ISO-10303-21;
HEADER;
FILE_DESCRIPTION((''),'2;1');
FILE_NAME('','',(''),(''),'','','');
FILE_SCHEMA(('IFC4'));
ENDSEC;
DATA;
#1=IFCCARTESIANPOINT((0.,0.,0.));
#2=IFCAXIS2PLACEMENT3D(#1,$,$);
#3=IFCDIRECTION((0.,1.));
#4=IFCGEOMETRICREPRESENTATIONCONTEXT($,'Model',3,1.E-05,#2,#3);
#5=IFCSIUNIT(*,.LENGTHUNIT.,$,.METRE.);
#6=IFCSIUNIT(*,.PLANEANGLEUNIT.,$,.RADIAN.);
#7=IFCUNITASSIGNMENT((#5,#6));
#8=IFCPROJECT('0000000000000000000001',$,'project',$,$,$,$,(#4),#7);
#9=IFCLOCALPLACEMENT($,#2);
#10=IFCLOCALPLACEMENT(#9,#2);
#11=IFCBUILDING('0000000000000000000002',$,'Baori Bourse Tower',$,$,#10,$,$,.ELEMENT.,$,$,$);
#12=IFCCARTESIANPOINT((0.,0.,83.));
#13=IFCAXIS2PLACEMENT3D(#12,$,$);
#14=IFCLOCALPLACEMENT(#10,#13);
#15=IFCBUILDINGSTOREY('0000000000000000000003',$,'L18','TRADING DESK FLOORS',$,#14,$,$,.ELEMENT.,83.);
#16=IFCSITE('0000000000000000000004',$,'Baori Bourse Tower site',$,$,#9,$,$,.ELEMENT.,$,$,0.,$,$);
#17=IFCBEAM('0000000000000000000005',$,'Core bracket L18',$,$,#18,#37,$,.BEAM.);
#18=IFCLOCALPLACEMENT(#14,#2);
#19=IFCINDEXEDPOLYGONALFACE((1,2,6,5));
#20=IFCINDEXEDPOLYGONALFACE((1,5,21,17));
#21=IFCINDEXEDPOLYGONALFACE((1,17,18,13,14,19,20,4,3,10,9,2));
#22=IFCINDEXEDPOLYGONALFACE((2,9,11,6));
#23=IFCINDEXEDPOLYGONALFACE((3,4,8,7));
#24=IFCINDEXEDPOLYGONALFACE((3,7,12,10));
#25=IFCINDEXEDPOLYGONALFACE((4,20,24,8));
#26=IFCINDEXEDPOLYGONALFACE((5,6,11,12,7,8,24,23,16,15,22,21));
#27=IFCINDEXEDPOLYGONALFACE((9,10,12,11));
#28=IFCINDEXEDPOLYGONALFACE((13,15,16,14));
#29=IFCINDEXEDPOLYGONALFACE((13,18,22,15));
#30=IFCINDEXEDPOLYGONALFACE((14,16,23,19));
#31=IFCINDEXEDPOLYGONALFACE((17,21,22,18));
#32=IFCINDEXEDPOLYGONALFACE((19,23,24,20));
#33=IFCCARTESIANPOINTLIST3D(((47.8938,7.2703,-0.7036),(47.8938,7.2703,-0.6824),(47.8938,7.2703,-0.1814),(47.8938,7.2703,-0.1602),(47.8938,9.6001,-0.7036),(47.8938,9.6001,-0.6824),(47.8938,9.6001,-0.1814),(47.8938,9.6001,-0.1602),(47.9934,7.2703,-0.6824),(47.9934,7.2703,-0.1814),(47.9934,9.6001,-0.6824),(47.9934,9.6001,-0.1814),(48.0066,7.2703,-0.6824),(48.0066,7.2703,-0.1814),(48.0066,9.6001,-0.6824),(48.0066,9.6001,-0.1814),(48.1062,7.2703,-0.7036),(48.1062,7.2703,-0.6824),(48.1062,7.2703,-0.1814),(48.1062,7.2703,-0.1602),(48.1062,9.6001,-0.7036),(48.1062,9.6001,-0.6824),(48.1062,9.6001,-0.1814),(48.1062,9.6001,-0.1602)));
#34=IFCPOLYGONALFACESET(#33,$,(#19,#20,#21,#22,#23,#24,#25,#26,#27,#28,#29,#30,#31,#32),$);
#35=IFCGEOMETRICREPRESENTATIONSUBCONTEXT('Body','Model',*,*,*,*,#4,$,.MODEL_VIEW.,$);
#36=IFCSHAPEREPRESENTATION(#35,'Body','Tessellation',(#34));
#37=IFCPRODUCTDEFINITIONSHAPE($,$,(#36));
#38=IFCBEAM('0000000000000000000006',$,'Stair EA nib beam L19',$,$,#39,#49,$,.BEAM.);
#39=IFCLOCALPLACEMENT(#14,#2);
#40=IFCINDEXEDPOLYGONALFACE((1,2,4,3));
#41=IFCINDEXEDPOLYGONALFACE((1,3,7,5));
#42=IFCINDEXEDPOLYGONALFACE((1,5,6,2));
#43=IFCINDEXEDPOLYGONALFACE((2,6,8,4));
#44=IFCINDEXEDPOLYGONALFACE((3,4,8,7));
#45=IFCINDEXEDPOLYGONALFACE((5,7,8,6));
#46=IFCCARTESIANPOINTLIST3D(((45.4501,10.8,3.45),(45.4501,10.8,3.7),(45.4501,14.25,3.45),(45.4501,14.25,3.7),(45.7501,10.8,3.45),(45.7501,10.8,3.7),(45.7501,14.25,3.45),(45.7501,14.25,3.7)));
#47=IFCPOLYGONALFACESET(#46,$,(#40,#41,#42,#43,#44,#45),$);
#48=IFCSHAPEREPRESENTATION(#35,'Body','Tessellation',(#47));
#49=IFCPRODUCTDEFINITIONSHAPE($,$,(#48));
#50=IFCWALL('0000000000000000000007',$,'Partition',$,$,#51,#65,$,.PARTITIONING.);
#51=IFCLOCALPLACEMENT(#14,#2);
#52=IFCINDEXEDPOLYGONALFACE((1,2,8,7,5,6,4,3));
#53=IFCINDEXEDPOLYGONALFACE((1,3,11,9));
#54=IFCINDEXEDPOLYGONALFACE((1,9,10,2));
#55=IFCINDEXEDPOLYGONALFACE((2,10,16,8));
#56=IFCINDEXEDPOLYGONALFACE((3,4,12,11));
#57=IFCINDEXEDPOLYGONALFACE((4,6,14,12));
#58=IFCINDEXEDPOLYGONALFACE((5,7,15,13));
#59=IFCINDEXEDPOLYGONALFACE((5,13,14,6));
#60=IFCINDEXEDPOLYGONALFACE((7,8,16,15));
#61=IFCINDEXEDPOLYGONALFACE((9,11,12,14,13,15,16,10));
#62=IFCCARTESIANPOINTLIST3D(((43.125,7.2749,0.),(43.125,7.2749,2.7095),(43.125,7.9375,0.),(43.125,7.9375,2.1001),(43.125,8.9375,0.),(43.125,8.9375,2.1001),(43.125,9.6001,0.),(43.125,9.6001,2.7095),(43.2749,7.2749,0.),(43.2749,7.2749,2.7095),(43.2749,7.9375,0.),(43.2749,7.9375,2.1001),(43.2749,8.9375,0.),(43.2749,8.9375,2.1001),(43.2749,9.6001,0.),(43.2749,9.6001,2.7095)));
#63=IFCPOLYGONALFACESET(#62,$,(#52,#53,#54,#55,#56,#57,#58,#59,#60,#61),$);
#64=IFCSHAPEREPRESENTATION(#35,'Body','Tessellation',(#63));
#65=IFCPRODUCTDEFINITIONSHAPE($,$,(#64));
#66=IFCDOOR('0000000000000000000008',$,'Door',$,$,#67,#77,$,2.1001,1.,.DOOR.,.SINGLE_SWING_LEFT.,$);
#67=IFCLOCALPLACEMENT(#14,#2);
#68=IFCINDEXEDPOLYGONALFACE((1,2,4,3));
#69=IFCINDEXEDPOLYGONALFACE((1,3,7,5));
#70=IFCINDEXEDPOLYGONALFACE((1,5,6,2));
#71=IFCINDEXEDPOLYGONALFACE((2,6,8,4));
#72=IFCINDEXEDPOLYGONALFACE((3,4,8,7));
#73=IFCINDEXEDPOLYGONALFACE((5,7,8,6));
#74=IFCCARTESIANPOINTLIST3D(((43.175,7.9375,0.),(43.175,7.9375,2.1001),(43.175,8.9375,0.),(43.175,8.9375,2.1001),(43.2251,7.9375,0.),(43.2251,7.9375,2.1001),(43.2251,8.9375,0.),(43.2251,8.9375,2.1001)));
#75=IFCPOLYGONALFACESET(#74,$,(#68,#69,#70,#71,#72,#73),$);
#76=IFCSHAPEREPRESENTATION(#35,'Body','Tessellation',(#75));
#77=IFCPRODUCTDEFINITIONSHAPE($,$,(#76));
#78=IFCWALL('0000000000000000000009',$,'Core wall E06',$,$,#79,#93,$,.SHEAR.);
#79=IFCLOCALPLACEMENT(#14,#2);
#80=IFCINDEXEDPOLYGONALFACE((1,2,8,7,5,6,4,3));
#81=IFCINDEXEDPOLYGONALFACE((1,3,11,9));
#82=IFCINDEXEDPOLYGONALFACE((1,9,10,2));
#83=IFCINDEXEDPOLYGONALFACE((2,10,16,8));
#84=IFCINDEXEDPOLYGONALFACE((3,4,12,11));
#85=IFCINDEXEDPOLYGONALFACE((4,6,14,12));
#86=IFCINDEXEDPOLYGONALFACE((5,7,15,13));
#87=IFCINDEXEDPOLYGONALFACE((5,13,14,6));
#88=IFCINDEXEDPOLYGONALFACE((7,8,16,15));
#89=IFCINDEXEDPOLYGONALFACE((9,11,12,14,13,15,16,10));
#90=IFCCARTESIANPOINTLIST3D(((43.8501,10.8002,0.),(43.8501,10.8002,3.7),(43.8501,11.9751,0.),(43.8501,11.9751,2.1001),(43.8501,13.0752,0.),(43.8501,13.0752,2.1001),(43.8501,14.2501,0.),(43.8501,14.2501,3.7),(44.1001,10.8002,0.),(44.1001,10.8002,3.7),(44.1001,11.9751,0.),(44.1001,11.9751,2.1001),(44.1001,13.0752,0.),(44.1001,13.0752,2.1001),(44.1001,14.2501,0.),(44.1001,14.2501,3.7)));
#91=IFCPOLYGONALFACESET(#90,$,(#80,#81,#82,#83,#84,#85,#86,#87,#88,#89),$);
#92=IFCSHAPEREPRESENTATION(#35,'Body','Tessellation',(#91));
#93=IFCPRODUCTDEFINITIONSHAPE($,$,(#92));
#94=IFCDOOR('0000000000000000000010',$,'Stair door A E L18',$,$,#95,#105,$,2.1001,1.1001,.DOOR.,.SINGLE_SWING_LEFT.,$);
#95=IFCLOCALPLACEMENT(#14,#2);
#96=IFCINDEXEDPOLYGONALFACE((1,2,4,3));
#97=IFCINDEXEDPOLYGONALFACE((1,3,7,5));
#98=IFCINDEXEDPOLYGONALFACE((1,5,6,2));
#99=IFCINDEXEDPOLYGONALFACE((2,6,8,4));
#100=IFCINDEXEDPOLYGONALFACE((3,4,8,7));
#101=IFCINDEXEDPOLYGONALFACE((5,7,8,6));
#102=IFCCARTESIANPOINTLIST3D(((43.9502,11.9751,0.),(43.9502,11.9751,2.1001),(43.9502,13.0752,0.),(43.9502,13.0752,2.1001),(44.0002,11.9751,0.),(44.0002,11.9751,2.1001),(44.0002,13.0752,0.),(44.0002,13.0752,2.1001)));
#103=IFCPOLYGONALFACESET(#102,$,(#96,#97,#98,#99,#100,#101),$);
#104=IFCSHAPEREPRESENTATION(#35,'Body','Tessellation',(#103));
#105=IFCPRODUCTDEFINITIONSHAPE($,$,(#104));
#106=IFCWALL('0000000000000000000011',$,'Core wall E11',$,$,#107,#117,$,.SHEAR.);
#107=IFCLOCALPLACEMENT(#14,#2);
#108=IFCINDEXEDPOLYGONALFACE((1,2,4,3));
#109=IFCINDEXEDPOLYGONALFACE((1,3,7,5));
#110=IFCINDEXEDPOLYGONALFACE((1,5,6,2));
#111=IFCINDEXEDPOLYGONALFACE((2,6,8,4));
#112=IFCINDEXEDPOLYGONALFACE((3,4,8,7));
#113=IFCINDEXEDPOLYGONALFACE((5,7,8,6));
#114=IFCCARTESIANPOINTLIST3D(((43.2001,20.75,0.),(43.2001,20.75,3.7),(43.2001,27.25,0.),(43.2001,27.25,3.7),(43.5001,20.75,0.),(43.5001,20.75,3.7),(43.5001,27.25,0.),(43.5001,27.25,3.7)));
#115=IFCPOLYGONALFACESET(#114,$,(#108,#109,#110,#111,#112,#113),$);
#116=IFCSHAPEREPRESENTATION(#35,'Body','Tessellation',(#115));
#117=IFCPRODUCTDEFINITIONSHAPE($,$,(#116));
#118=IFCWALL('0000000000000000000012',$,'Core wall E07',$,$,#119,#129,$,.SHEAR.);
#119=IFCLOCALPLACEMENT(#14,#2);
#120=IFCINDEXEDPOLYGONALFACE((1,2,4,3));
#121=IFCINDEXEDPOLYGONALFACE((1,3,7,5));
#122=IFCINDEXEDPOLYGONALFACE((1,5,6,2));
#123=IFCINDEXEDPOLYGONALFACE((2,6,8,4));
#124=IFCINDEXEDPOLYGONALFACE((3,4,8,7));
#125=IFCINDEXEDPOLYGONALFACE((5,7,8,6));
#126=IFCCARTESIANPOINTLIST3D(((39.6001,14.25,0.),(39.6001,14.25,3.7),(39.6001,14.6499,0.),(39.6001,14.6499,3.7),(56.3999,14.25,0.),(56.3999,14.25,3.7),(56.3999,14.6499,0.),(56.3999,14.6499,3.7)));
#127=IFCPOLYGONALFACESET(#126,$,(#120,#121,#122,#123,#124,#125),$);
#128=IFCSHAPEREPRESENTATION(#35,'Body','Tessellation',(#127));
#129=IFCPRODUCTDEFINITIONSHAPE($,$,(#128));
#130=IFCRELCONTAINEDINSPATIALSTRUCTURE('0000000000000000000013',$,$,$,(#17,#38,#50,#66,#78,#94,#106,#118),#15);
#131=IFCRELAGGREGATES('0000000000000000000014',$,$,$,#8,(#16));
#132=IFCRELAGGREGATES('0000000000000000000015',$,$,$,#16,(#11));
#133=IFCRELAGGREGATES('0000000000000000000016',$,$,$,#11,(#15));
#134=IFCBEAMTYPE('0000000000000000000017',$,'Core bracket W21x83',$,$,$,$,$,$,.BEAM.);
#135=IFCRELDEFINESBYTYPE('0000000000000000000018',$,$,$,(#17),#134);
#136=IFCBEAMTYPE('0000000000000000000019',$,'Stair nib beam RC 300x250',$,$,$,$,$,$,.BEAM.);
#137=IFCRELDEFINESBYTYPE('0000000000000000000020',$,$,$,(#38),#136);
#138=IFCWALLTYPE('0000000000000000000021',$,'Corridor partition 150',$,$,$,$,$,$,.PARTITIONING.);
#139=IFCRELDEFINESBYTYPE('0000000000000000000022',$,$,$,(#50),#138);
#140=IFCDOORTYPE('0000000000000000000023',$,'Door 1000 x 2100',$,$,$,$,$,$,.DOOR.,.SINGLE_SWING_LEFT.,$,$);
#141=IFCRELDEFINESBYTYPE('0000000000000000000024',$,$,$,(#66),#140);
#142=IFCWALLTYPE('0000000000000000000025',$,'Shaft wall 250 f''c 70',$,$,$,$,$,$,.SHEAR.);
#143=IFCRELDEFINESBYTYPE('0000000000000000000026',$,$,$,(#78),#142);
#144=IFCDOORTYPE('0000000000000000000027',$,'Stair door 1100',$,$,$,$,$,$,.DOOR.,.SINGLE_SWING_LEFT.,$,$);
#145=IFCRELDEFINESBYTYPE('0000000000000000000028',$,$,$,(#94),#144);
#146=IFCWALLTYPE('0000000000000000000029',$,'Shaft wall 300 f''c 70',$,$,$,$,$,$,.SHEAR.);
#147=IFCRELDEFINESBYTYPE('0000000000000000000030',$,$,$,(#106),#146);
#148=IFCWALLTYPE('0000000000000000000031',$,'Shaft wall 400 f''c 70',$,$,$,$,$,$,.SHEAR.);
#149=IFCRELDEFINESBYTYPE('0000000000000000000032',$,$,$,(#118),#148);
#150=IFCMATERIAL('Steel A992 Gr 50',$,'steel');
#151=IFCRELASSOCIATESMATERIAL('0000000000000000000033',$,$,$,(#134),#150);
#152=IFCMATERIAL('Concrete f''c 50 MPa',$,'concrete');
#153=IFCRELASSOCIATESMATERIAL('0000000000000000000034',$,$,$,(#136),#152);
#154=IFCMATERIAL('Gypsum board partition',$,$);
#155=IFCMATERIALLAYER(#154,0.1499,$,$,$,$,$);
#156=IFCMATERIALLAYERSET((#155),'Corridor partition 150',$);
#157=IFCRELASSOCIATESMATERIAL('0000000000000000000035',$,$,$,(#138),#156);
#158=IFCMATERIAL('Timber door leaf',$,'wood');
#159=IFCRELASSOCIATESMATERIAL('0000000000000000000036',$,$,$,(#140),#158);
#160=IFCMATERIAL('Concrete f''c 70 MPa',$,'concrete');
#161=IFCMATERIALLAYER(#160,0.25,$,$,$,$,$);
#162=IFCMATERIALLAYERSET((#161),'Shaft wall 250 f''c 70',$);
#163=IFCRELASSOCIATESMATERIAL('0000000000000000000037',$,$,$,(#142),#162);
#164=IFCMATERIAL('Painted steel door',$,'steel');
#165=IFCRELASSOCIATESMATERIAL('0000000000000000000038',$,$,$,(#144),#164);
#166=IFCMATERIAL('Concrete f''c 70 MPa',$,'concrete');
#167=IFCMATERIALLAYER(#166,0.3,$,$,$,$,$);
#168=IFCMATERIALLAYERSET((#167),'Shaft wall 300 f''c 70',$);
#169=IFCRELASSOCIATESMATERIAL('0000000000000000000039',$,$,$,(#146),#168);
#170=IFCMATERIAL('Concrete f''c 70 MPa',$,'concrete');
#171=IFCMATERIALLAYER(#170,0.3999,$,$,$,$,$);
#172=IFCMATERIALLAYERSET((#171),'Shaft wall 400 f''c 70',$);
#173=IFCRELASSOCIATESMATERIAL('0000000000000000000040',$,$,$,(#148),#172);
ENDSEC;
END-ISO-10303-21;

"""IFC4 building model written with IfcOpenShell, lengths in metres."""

from ifc_helpers import new_model, si_unit, direction, frame, frame_2d, origin, origin_2d, place, context, subcontext, project, spatial, rectangle, i_section, extrude, material, layer, layer_set, material_profile, profile_set, type_object, element, fill, save


model = new_model("IFC4")

# Units and contexts
model_context = context("Model", 3, precision=1e-05, world=origin(), true_north=direction((0.0, 1.0)))
body_context = subcontext(model_context, "Body", "Model", "MODEL_VIEW")
ifc_project = project(units=[si_unit("LENGTHUNIT", "METRE"), si_unit("PLANEANGLEUNIT", "RADIAN")], contexts=[model_context])

# Site, building, storey
site_placement = place(None, origin())
site = spatial("IfcSite", under=ifc_project, at=site_placement, Name="Baori Bourse Tower site", CompositionType="ELEMENT", RefElevation=0.0)
building_placement = place(site_placement, origin())
building = spatial("IfcBuilding", under=site, at=building_placement, Name="Baori Bourse Tower", CompositionType="ELEMENT")
storey_placement = place(building_placement, frame((0.0, 0.0, 83.0)))
storey = spatial("IfcBuildingStorey", under=building, at=storey_placement, Name="L18", Description="TRADING DESK FLOORS", CompositionType="ELEMENT", Elevation=83.0)

# Beams
ifc_material_1 = material(Name="Steel A992 Gr 50", Category="steel")
ifc_material_profile_1 = material_profile(ifc_material_1, i_section(OverallWidth=0.2124, OverallDepth=0.5435, WebThickness=0.0132, FlangeThickness=0.0212, at=origin_2d()), Name="W21x83")
ifc_profile_set_1 = profile_set([ifc_material_profile_1], Name="Steel A992 Gr 50")
beam_type_1 = type_object("IfcBeamType", Name="Core bracket W21x83", PredefinedType="BEAM", material=ifc_profile_set_1)
beam_1_placement = place(storey_placement, frame((48.0, 7.2703, -0.4319), z_axis=(0.0, 1.0, 0.0), x_axis=(-1.0, 0.0, 0.0)))
element("IfcBeam", 1, at=beam_1_placement, inside=storey, type_object=beam_type_1, Name="Core bracket L18", PredefinedType="BEAM", context=body_context, shape_type="SweptSolid", body=[
    extrude(i_section(OverallWidth=0.2124, OverallDepth=0.5435, WebThickness=0.0132, FlangeThickness=0.0212, at=origin_2d()), origin(), (0.0, 0.0, 1.0), 2.3298),
])
ifc_material_2 = material(Name="Concrete f'c 50 MPa", Category="concrete")
ifc_material_profile_2 = material_profile(ifc_material_2, rectangle(XDim=0.3, YDim=0.25, at=origin_2d()), Name="RC 300x250")
ifc_profile_set_2 = profile_set([ifc_material_profile_2], Name="Concrete f'c 50 MPa")
beam_type_2 = type_object("IfcBeamType", Name="Stair nib beam RC 300x250", PredefinedType="BEAM", material=ifc_profile_set_2)
beam_2_placement = place(storey_placement, frame((45.6001, 10.8, 3.575), z_axis=(0.0, 1.0, 0.0), x_axis=(-1.0, 0.0, 0.0)))
element("IfcBeam", 2, at=beam_2_placement, inside=storey, type_object=beam_type_2, Name="Stair EA nib beam L19", PredefinedType="BEAM", context=body_context, shape_type="SweptSolid", body=[
    extrude(rectangle(XDim=0.3, YDim=0.25, at=origin_2d()), origin(), (0.0, 0.0, 1.0), 3.45),
])

# Walls, openings, doors
ifc_material_3 = material(Name="Gypsum board partition")
ifc_layer_1 = layer(ifc_material_3, 0.1499)
ifc_layer_set_1 = layer_set([ifc_layer_1], Name="Corridor partition 150")
wall_type_1 = type_object("IfcWallType", Name="Corridor partition 150", PredefinedType="PARTITIONING", material=ifc_layer_set_1)
wall_1_placement = place(storey_placement, frame((43.2, 7.2749, 0.0), z_axis=(0.0, 0.0, 1.0), x_axis=(0.0, 1.0, 0.0)))
wall_1 = element("IfcWall", 3, at=wall_1_placement, inside=storey, type_object=wall_type_1, Name="Partition", PredefinedType="PARTITIONING", context=body_context, shape_type="SweptSolid", body=[
    extrude(rectangle(XDim=2.3252, YDim=0.1499, at=frame_2d((1.1626, 0.0))), origin(), (0.0, 0.0, 1.0), 2.7095),
])
opening_1_placement = place(wall_1_placement, frame((0.6626, 0.0, 0.0)))
opening_1 = element("IfcOpeningElement", 4, at=opening_1_placement, cuts=wall_1, PredefinedType="OPENING", context=body_context, shape_type="SweptSolid", body=[
    extrude(rectangle(XDim=1.0, YDim=2.1001, at=frame_2d((0.5, 1.05))), frame((0.0, 0.085, 0.0), z_axis=(0.0, -1.0, 0.0), x_axis=(1.0, 0.0, 0.0)), (0.0, 0.0, 1.0), 0.1699),
])
ifc_material_4 = material(Name="Timber door leaf", Category="wood")
door_type_1 = type_object("IfcDoorType", Name="Door 1000 x 2100", OperationType="SINGLE_SWING_LEFT", PredefinedType="DOOR", material=ifc_material_4)
door_1_placement = place(opening_1_placement, origin())
door_1 = element("IfcDoor", 5, at=door_1_placement, inside=storey, type_object=door_type_1, Name="Door", OperationType="SINGLE_SWING_LEFT", OverallHeight=2.1001, OverallWidth=1.0, PredefinedType="DOOR", context=body_context, shape_type="SweptSolid", body=[
    extrude(rectangle(XDim=1.0, YDim=2.1001, at=frame_2d((0.5, 1.05))), frame((0.0, 0.0249, 0.0), z_axis=(0.0, -1.0, 0.0), x_axis=(1.0, 0.0, 0.0)), (0.0, 0.0, 1.0), 0.05),
])
fill(opening_1, door_1)
ifc_material_5 = material(Name="Concrete f'c 70 MPa", Category="concrete")
ifc_layer_2 = layer(ifc_material_5, 0.25)
ifc_layer_set_2 = layer_set([ifc_layer_2], Name="Shaft wall 250 f'c 70")
wall_type_2 = type_object("IfcWallType", Name="Shaft wall 250 f'c 70", PredefinedType="SHEAR", material=ifc_layer_set_2)
wall_2_placement = place(storey_placement, frame((43.9751, 10.8, 0.0), z_axis=(0.0, 0.0, 1.0), x_axis=(0.0, 1.0, 0.0)))
wall_2 = element("IfcWall", 6, at=wall_2_placement, inside=storey, type_object=wall_type_2, Name="Core wall E06", PredefinedType="SHEAR", context=body_context, shape_type="SweptSolid", body=[
    extrude(rectangle(XDim=3.45, YDim=0.25, at=frame_2d((1.7251, 0.0))), origin(), (0.0, 0.0, 1.0), 3.7),
])
opening_2_placement = place(wall_2_placement, frame((1.175, 0.0, 0.0)))
opening_2 = element("IfcOpeningElement", 7, at=opening_2_placement, cuts=wall_2, PredefinedType="OPENING", context=body_context, shape_type="SweptSolid", body=[
    extrude(rectangle(XDim=1.1001, YDim=2.1001, at=frame_2d((0.55, 1.05))), frame((0.0, 0.135, 0.0), z_axis=(0.0, -1.0, 0.0), x_axis=(1.0, 0.0, 0.0)), (0.0, 0.0, 1.0), 0.27),
])
ifc_material_6 = material(Name="Painted steel door", Category="steel")
door_type_2 = type_object("IfcDoorType", Name="Stair door 1100", OperationType="SINGLE_SWING_LEFT", PredefinedType="DOOR", material=ifc_material_6)
door_2_placement = place(opening_2_placement, origin())
door_2 = element("IfcDoor", 8, at=door_2_placement, inside=storey, type_object=door_type_2, Name="Stair door A E L18", OperationType="SINGLE_SWING_LEFT", OverallHeight=2.1001, OverallWidth=1.1001, PredefinedType="DOOR", context=body_context, shape_type="SweptSolid", body=[
    extrude(rectangle(XDim=1.1001, YDim=2.1001, at=frame_2d((0.55, 1.05))), frame((0.0, 0.0249, 0.0), z_axis=(0.0, -1.0, 0.0), x_axis=(1.0, 0.0, 0.0)), (0.0, 0.0, 1.0), 0.05),
])
fill(opening_2, door_2)

# Walls
ifc_material_7 = material(Name="Concrete f'c 70 MPa", Category="concrete")
ifc_layer_3 = layer(ifc_material_7, 0.3)
ifc_layer_set_3 = layer_set([ifc_layer_3], Name="Shaft wall 300 f'c 70")
wall_type_3 = type_object("IfcWallType", Name="Shaft wall 300 f'c 70", PredefinedType="SHEAR", material=ifc_layer_set_3)
wall_3_placement = place(storey_placement, frame((43.3501, 20.75, 0.0), z_axis=(0.0, 0.0, 1.0), x_axis=(0.0, 1.0, 0.0)))
element("IfcWall", 9, at=wall_3_placement, inside=storey, type_object=wall_type_3, Name="Core wall E11", PredefinedType="SHEAR", context=body_context, shape_type="SweptSolid", body=[
    extrude(rectangle(XDim=6.5, YDim=0.3, at=frame_2d((3.25, 0.0))), origin(), (0.0, 0.0, 1.0), 3.7),
])
ifc_material_8 = material(Name="Concrete f'c 70 MPa", Category="concrete")
ifc_layer_4 = layer(ifc_material_8, 0.3999)
ifc_layer_set_4 = layer_set([ifc_layer_4], Name="Shaft wall 400 f'c 70")
wall_type_4 = type_object("IfcWallType", Name="Shaft wall 400 f'c 70", PredefinedType="SHEAR", material=ifc_layer_set_4)
wall_4_placement = place(storey_placement, frame((39.6001, 14.45, 0.0), z_axis=(0.0, 0.0, 1.0), x_axis=(1.0, 0.0, 0.0)))
element("IfcWall", 10, at=wall_4_placement, inside=storey, type_object=wall_type_4, Name="Core wall E07", PredefinedType="SHEAR", context=body_context, shape_type="SweptSolid", body=[
    extrude(rectangle(XDim=16.7998, YDim=0.3999, at=frame_2d((8.3999, 0.0))), origin(), (0.0, 0.0, 1.0), 3.7),
])

save(model, "model.ifc")
